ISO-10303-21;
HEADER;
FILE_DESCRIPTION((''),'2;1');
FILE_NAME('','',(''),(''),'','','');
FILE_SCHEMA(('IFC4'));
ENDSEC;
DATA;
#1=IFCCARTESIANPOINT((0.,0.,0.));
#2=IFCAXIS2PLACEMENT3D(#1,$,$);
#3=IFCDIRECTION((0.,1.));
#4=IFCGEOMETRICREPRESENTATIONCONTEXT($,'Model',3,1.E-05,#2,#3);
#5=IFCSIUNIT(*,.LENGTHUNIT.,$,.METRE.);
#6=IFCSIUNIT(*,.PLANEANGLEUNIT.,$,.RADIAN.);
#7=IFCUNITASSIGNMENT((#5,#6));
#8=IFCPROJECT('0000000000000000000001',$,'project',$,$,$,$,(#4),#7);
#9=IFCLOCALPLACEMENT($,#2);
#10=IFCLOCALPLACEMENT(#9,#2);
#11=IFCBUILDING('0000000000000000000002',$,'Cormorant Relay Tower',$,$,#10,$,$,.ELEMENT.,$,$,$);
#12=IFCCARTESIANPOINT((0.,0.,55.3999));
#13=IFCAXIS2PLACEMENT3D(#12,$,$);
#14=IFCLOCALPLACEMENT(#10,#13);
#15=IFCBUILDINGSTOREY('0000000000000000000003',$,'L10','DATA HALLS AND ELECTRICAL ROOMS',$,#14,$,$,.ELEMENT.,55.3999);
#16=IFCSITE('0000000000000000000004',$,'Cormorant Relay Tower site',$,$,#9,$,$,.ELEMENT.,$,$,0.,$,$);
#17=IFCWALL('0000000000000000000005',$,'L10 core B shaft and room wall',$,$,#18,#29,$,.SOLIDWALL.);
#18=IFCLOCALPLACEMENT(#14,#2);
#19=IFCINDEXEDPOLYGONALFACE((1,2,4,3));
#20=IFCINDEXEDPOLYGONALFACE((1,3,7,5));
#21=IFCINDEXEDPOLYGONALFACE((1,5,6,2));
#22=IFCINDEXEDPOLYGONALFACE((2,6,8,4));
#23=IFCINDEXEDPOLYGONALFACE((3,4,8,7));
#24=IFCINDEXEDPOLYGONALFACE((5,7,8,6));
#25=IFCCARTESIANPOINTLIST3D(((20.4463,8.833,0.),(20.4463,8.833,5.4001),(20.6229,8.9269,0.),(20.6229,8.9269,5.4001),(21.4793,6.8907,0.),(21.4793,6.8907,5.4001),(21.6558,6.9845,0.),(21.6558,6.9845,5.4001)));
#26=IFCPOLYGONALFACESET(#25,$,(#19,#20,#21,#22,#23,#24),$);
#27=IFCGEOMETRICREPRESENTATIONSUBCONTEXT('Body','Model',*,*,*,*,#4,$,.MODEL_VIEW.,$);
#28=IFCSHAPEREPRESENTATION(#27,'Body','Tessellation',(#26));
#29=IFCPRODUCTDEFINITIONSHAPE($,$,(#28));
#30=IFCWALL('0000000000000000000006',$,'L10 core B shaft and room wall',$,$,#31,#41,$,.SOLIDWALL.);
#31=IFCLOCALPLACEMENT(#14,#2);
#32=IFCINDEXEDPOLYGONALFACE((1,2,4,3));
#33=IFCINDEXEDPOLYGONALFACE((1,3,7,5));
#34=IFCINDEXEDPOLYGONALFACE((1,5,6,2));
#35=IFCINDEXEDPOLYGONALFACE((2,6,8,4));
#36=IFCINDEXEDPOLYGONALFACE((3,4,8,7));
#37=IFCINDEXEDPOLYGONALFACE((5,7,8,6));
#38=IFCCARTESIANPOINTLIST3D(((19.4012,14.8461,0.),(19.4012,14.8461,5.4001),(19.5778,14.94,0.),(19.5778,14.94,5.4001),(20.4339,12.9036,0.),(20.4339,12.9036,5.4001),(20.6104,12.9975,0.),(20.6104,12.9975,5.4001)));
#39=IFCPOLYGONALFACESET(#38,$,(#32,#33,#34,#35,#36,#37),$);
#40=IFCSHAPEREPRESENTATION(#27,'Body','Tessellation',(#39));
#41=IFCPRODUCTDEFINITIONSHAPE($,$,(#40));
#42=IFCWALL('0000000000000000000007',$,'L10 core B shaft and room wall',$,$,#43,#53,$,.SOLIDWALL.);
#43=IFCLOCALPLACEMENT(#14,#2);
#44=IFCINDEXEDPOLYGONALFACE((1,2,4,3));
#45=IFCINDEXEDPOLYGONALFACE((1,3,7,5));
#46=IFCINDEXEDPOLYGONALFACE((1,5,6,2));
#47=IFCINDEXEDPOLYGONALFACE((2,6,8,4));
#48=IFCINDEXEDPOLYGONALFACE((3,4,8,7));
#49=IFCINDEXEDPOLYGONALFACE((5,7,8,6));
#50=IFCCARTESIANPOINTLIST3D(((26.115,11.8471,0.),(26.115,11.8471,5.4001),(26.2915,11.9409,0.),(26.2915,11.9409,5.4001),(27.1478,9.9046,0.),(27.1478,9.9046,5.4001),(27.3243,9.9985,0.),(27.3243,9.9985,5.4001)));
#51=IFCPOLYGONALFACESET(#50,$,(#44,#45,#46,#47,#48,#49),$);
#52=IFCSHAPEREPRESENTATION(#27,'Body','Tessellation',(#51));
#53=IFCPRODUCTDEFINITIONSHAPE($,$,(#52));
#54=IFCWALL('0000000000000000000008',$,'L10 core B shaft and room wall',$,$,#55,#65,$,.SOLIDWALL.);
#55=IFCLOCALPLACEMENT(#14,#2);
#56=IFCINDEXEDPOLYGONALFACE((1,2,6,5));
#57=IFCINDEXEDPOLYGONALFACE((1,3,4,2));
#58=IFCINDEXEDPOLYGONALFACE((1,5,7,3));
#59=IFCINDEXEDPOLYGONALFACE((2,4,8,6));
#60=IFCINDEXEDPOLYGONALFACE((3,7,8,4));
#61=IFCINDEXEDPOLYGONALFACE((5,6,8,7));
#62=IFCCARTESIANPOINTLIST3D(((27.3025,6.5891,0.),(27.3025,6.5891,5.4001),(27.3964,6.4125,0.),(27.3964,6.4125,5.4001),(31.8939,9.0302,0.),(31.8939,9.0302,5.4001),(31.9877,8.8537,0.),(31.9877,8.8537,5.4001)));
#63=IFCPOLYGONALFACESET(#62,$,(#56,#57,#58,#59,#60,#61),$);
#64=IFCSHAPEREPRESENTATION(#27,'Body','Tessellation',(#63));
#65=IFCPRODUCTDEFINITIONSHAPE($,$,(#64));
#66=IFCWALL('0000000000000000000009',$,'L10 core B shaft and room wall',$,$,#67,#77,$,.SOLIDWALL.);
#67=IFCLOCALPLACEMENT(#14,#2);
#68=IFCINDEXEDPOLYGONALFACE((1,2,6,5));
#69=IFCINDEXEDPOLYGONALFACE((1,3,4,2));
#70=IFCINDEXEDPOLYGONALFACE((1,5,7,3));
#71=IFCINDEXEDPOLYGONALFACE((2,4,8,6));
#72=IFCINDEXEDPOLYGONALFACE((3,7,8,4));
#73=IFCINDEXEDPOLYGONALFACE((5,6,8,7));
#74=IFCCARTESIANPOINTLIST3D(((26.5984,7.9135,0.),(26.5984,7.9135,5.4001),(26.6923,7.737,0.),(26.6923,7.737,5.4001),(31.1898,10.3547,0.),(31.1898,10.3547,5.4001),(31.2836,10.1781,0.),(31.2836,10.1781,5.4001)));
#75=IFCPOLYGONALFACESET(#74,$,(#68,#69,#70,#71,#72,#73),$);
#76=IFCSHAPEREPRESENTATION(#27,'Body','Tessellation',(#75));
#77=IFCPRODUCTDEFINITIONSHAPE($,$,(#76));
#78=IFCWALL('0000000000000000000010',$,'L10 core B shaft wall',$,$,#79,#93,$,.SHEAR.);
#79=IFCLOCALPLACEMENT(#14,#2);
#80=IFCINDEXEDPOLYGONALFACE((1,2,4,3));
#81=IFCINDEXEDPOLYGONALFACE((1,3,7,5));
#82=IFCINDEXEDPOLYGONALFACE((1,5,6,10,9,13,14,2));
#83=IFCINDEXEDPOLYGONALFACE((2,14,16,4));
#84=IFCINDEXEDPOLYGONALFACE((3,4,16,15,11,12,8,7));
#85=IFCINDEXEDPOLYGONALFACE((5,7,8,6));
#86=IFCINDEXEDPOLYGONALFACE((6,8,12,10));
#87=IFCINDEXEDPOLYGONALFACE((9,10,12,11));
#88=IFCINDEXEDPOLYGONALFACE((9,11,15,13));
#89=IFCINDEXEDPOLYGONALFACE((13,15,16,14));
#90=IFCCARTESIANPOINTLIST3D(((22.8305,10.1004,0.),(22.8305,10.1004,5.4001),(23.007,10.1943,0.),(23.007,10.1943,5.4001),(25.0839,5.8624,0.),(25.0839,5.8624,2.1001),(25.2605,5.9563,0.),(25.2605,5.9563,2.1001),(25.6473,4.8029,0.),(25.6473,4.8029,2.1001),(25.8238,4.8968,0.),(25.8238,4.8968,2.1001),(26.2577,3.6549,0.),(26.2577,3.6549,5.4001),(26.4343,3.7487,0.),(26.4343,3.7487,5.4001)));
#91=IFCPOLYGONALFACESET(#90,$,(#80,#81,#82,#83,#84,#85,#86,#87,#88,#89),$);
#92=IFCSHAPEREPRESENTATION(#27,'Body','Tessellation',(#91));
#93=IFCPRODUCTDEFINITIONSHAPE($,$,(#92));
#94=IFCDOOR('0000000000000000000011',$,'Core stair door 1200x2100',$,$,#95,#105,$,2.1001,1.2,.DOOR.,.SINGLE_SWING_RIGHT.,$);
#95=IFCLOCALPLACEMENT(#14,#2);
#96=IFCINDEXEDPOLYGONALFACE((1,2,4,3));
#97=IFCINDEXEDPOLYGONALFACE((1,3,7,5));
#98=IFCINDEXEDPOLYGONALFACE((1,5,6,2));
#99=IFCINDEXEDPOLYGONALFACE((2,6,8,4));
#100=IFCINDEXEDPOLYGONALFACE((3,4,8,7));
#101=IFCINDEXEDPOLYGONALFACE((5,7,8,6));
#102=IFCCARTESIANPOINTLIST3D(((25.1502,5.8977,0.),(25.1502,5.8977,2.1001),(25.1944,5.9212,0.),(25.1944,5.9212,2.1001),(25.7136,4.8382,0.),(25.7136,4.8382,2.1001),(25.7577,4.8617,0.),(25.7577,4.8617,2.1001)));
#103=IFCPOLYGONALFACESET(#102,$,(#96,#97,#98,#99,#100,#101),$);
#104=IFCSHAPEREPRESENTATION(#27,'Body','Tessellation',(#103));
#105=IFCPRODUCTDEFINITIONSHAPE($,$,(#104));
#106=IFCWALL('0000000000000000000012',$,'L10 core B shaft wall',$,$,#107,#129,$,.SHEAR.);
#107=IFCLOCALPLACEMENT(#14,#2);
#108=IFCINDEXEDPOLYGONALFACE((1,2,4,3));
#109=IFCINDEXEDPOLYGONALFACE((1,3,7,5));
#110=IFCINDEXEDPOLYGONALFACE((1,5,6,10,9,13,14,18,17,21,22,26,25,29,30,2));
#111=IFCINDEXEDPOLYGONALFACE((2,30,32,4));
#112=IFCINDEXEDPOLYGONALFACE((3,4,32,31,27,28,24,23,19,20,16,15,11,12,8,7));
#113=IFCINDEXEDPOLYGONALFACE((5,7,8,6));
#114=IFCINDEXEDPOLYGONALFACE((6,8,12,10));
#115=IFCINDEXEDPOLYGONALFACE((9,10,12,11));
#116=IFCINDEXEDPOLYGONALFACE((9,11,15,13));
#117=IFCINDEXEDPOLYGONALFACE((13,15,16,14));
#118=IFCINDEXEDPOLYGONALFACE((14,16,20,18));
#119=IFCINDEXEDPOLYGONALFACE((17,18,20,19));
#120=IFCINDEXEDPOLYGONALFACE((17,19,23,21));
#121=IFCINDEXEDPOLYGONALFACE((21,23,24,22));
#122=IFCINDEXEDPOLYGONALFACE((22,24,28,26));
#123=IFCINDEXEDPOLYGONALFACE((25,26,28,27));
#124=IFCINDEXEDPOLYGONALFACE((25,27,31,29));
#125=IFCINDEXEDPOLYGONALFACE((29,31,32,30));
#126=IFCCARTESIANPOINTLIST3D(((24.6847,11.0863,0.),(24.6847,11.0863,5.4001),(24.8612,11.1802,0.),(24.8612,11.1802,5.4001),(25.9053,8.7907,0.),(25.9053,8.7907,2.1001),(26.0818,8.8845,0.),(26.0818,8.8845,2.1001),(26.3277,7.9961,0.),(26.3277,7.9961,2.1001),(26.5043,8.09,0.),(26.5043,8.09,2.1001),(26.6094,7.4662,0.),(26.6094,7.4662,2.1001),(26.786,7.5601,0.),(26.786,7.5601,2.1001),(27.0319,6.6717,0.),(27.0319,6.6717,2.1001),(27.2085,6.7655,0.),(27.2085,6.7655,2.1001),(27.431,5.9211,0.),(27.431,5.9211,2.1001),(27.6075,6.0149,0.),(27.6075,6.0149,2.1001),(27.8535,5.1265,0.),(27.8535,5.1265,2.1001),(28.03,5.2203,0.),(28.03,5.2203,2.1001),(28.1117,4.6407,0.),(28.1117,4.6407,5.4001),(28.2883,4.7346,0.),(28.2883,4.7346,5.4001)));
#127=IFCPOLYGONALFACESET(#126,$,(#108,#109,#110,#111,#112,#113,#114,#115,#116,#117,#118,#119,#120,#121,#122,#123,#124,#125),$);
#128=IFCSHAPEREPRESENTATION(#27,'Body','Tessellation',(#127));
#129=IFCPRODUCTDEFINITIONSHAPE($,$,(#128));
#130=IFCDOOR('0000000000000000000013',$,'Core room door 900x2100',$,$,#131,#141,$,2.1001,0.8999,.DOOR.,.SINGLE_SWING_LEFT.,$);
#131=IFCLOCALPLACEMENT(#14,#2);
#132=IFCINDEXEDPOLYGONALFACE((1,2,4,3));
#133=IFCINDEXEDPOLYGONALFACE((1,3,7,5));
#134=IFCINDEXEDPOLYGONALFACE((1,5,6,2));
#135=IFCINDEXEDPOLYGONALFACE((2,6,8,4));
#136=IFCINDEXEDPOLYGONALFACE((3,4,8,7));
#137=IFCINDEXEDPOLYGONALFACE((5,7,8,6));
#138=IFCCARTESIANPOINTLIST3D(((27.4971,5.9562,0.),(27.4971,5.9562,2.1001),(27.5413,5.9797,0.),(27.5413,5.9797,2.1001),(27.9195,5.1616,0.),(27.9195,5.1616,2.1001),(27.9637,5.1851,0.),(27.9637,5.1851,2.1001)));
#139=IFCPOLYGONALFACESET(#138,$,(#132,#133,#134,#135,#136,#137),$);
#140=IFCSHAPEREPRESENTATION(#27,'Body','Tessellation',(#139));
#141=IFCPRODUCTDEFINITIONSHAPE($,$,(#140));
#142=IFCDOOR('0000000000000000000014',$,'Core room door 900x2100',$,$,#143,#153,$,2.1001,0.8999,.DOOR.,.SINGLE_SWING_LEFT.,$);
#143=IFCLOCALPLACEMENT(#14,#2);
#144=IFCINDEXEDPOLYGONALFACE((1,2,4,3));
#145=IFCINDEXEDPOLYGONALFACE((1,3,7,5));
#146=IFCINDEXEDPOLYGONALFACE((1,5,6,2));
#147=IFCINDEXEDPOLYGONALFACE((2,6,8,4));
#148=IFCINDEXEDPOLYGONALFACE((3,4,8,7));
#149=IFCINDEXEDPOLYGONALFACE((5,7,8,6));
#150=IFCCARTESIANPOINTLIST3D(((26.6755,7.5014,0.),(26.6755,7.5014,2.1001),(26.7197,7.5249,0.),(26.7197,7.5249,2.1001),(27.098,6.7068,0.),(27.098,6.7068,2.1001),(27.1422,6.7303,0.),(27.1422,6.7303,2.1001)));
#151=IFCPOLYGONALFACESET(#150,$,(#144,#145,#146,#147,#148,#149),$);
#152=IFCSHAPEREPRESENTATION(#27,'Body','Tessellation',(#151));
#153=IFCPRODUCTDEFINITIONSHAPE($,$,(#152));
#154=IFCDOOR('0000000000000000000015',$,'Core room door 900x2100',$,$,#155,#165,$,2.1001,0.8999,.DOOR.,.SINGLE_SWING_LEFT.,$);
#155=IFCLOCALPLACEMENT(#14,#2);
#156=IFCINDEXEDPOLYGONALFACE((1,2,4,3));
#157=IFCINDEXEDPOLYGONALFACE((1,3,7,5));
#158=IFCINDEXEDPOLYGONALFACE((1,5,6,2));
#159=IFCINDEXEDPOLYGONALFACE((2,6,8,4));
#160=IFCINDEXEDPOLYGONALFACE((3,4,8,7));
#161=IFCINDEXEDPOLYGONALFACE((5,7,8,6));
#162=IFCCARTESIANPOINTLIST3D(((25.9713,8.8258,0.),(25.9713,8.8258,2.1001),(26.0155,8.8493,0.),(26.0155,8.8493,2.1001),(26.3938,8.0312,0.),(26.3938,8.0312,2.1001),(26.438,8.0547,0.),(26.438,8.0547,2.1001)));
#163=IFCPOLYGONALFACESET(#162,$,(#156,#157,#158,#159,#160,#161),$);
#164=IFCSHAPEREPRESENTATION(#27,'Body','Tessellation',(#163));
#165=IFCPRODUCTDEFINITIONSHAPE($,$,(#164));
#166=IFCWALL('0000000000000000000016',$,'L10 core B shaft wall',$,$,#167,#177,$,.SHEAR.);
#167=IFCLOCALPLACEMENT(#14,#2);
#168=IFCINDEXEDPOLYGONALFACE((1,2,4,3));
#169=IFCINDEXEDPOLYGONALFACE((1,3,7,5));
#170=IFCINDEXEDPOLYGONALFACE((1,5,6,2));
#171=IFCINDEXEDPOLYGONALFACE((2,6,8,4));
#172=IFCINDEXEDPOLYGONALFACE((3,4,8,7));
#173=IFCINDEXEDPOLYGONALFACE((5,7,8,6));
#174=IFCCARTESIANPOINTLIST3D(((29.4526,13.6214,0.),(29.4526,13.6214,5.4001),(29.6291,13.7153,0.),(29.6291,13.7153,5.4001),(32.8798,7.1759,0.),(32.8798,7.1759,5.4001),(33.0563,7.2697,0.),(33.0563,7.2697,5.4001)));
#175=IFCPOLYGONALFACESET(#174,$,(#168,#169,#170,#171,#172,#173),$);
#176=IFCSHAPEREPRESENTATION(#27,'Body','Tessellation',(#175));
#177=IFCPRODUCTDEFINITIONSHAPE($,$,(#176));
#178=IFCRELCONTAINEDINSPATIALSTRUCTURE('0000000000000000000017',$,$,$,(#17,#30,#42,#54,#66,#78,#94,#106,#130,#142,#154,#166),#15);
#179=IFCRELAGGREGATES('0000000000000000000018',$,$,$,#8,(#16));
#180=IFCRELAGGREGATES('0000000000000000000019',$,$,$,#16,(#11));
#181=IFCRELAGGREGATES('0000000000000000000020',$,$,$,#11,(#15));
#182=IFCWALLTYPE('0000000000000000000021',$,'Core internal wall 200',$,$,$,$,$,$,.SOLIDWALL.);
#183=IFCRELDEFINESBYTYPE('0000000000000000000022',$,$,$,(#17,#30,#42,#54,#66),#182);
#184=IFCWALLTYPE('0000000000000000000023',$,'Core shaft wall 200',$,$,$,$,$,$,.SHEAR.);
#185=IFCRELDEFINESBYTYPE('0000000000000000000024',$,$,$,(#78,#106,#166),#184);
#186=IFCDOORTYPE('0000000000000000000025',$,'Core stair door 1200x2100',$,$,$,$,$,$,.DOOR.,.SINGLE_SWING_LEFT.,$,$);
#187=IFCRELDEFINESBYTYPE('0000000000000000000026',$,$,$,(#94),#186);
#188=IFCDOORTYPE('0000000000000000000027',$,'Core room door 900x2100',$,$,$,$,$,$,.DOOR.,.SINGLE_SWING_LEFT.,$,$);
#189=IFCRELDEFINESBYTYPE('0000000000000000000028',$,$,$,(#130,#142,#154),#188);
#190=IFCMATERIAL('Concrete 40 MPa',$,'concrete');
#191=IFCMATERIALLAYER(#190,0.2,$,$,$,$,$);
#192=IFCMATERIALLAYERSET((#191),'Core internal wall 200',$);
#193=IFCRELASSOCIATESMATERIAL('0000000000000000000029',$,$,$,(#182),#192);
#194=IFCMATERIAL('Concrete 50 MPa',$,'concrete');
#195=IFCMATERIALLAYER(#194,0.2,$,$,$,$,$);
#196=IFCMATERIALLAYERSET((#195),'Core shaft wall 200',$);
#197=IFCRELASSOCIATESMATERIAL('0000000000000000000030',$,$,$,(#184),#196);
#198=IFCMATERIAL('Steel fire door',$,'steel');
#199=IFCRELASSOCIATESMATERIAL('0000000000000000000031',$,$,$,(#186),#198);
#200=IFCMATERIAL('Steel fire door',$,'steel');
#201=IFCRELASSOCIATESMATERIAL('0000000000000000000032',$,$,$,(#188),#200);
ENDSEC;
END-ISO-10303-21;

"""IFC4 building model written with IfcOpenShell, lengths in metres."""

from ifc_helpers import new_model, si_unit, direction, frame, frame_2d, origin, place, context, subcontext, project, spatial, rectangle, extrude, material, layer, layer_set, type_object, element, fill, save


model = new_model("IFC4")

# Units and contexts
model_context = context("Model", 3, precision=1e-05, world=origin(), true_north=direction((0.0, 1.0)))
body_context = subcontext(model_context, "Body", "Model", "MODEL_VIEW")
ifc_project = project(units=[si_unit("LENGTHUNIT", "METRE"), si_unit("PLANEANGLEUNIT", "RADIAN")], contexts=[model_context])

# Site, building, storey
site_placement = place(None, origin())
site = spatial("IfcSite", under=ifc_project, at=site_placement, Name="Cormorant Relay Tower site", CompositionType="ELEMENT", RefElevation=0.0)
building_placement = place(site_placement, origin())
building = spatial("IfcBuilding", under=site, at=building_placement, Name="Cormorant Relay Tower", CompositionType="ELEMENT")
storey_placement = place(building_placement, frame((0.0, 0.0, 55.3999)))
storey = spatial("IfcBuildingStorey", under=building, at=storey_placement, Name="L10", Description="DATA HALLS AND ELECTRICAL ROOMS", CompositionType="ELEMENT", Elevation=55.3999)

# Walls
ifc_material_1 = material(Name="Concrete 40 MPa", Category="concrete")
ifc_layer_1 = layer(ifc_material_1, 0.2)
ifc_layer_set_1 = layer_set([ifc_layer_1], Name="Core internal wall 200")
wall_type_1 = type_object("IfcWallType", Name="Core internal wall 200", PredefinedType="SOLIDWALL", material=ifc_layer_set_1)
for number, where, z_axis, x_axis, name in (
    (1, (21.5676, 6.9375, 0.0), (0.0, 0.0, 1.0), (-0.469534, 0.882914, 0.0), "L10 core B shaft and room wall"),
    (2, (20.5222, 12.9504, 0.0), (0.0, 0.0, 1.0), (-0.469401, 0.882985, 0.0), "L10 core B shaft and room wall"),
    (3, (27.2361, 9.9514, 0.0), (0.0, 0.0, 1.0), (-0.469447, 0.88296, 0.0), "L10 core B shaft and room wall"),
):
    element("IfcWall", number, at=place(storey_placement, frame(where, z_axis=z_axis, x_axis=x_axis)), inside=storey, type_object=wall_type_1, Name=name, PredefinedType="SOLIDWALL", context=body_context, shape_type="SweptSolid", body=[
        extrude(rectangle(XDim=2.2, YDim=0.2, at=frame_2d((1.1001, 0.0))), origin(), (0.0, 0.0, 1.0), 5.4001),
    ])
for number, where, z_axis, x_axis, name in (
    (4, (27.3494, 6.5007, 0.0), (0.0, 0.0, 1.0), (0.882954, 0.46946, 0.0), "L10 core B shaft and room wall"),
    (5, (26.6453, 7.8252, 0.0), (0.0, 0.0, 1.0), (0.882954, 0.46946, 0.0), "L10 core B shaft and room wall"),
):
    element("IfcWall", number, at=place(storey_placement, frame(where, z_axis=z_axis, x_axis=x_axis)), inside=storey, type_object=wall_type_1, Name=name, PredefinedType="SOLIDWALL", context=body_context, shape_type="SweptSolid", body=[
        extrude(rectangle(XDim=5.2, YDim=0.2, at=frame_2d((2.6001, 0.0))), origin(), (0.0, 0.0, 1.0), 5.4001),
    ])

# Wall, opening, door
ifc_material_2 = material(Name="Concrete 50 MPa", Category="concrete")
ifc_layer_2 = layer(ifc_material_2, 0.2)
ifc_layer_set_2 = layer_set([ifc_layer_2], Name="Core shaft wall 200")
wall_type_2 = type_object("IfcWallType", Name="Core shaft wall 200", PredefinedType="SHEAR", material=ifc_layer_set_2)
wall_1_placement = place(storey_placement, frame((26.3459, 3.7019, 0.0), z_axis=(0.0, 0.0, 1.0), x_axis=(-0.46948, 0.882943, 0.0)))
wall_1 = element("IfcWall", 6, at=wall_1_placement, inside=storey, type_object=wall_type_2, Name="L10 core B shaft wall", PredefinedType="SHEAR", context=body_context, shape_type="SweptSolid", body=[
    extrude(rectangle(XDim=7.3, YDim=0.2, at=frame_2d((3.6499, 0.0))), origin(), (0.0, 0.0, 1.0), 5.4001),
])
opening_1_placement = place(wall_1_placement, frame((1.3, 0.0, 0.0)))
opening_1 = element("IfcOpeningElement", 7, at=opening_1_placement, cuts=wall_1, PredefinedType="OPENING", context=body_context, shape_type="SweptSolid", body=[
    extrude(rectangle(XDim=1.2, YDim=2.1001, at=frame_2d((0.6001, 1.05))), frame((0.0, 0.1099, 0.0), z_axis=(0.0, -1.0, 0.0), x_axis=(1.0, 0.0, 0.0)), (0.0, 0.0, 1.0), 0.22),
])
ifc_material_3 = material(Name="Steel fire door", Category="steel")
door_type_1 = type_object("IfcDoorType", Name="Core stair door 1200x2100", OperationType="SINGLE_SWING_LEFT", PredefinedType="DOOR", material=ifc_material_3)
door_1_placement = place(opening_1_placement, origin())
door_1 = element("IfcDoor", 8, at=door_1_placement, inside=storey, type_object=door_type_1, Name="Core stair door 1200x2100", OperationType="SINGLE_SWING_RIGHT", OverallHeight=2.1001, OverallWidth=1.2, PredefinedType="DOOR", context=body_context, shape_type="SweptSolid", body=[
    extrude(rectangle(XDim=1.2, YDim=2.1001, at=frame_2d((0.6001, 1.05))), frame((0.0, 0.0249, 0.0), z_axis=(0.0, -1.0, 0.0), x_axis=(1.0, 0.0, 0.0)), (0.0, 0.0, 1.0), 0.05),
])
fill(opening_1, door_1)

# Wall, openings, doors
wall_2_placement = place(storey_placement, frame((28.2, 4.6877, 0.0), z_axis=(0.0, 0.0, 1.0), x_axis=(-0.469454, 0.882957, 0.0)))
wall_2 = element("IfcWall", 9, at=wall_2_placement, inside=storey, type_object=wall_type_2, Name="L10 core B shaft wall", PredefinedType="SHEAR", context=body_context, shape_type="SweptSolid", body=[
    extrude(rectangle(XDim=7.3, YDim=0.2, at=frame_2d((3.6499, 0.0))), origin(), (0.0, 0.0, 1.0), 5.4001),
])
opening_2_placement = place(wall_2_placement, frame((0.55, 0.0, 0.0)))
opening_2 = element("IfcOpeningElement", 10, at=opening_2_placement, cuts=wall_2, PredefinedType="OPENING", context=body_context, shape_type="SweptSolid", body=[
    extrude(rectangle(XDim=0.8999, YDim=2.1001, at=frame_2d((0.45, 1.05))), frame((0.0, 0.1099, 0.0), z_axis=(0.0, -1.0, 0.0), x_axis=(1.0, 0.0, 0.0)), (0.0, 0.0, 1.0), 0.22),
])
opening_3_placement = place(wall_2_placement, frame((2.3, 0.0, 0.0)))
opening_3 = element("IfcOpeningElement", 11, at=opening_3_placement, cuts=wall_2, PredefinedType="OPENING", context=body_context, shape_type="SweptSolid", body=[
    extrude(rectangle(XDim=0.8999, YDim=2.1001, at=frame_2d((0.45, 1.05))), frame((0.0, 0.1099, 0.0), z_axis=(0.0, -1.0, 0.0), x_axis=(1.0, 0.0, 0.0)), (0.0, 0.0, 1.0), 0.22),
])
opening_4_placement = place(wall_2_placement, frame((3.8, 0.0, 0.0)))
opening_4 = element("IfcOpeningElement", 12, at=opening_4_placement, cuts=wall_2, PredefinedType="OPENING", context=body_context, shape_type="SweptSolid", body=[
    extrude(rectangle(XDim=0.8999, YDim=2.1001, at=frame_2d((0.45, 1.05))), frame((0.0, 0.1099, 0.0), z_axis=(0.0, -1.0, 0.0), x_axis=(1.0, 0.0, 0.0)), (0.0, 0.0, 1.0), 0.22),
])
ifc_material_4 = material(Name="Steel fire door", Category="steel")
door_type_2 = type_object("IfcDoorType", Name="Core room door 900x2100", OperationType="SINGLE_SWING_LEFT", PredefinedType="DOOR", material=ifc_material_4)
door_2_placement = place(opening_2_placement, frame((0.8999, 0.0, 0.0), z_axis=(0.0, 0.0, 1.0), x_axis=(-1.0, 0.0, 0.0)))
door_2 = element("IfcDoor", 13, at=door_2_placement, inside=storey, type_object=door_type_2, Name="Core room door 900x2100", OperationType="SINGLE_SWING_LEFT", OverallHeight=2.1001, OverallWidth=0.8999, PredefinedType="DOOR", context=body_context, shape_type="SweptSolid", body=[
    extrude(rectangle(XDim=0.8999, YDim=2.1001, at=frame_2d((0.45, 1.05))), frame((0.0, 0.0249, 0.0), z_axis=(0.0, -1.0, 0.0), x_axis=(1.0, 0.0, 0.0)), (0.0, 0.0, 1.0), 0.05),
])
fill(opening_2, door_2)
door_3_placement = place(opening_3_placement, frame((0.8999, 0.0, 0.0), z_axis=(0.0, 0.0, 1.0), x_axis=(-1.0, 0.0, 0.0)))
door_3 = element("IfcDoor", 14, at=door_3_placement, inside=storey, type_object=door_type_2, Name="Core room door 900x2100", OperationType="SINGLE_SWING_LEFT", OverallHeight=2.1001, OverallWidth=0.8999, PredefinedType="DOOR", context=body_context, shape_type="SweptSolid", body=[
    extrude(rectangle(XDim=0.8999, YDim=2.1001, at=frame_2d((0.45, 1.05))), frame((0.0, 0.0249, 0.0), z_axis=(0.0, -1.0, 0.0), x_axis=(1.0, 0.0, 0.0)), (0.0, 0.0, 1.0), 0.05),
])
fill(opening_3, door_3)
door_4_placement = place(opening_4_placement, frame((0.8999, 0.0, 0.0), z_axis=(0.0, 0.0, 1.0), x_axis=(-1.0, 0.0, 0.0)))
door_4 = element("IfcDoor", 15, at=door_4_placement, inside=storey, type_object=door_type_2, Name="Core room door 900x2100", OperationType="SINGLE_SWING_LEFT", OverallHeight=2.1001, OverallWidth=0.8999, PredefinedType="DOOR", context=body_context, shape_type="SweptSolid", body=[
    extrude(rectangle(XDim=0.8999, YDim=2.1001, at=frame_2d((0.45, 1.05))), frame((0.0, 0.0249, 0.0), z_axis=(0.0, -1.0, 0.0), x_axis=(1.0, 0.0, 0.0)), (0.0, 0.0, 1.0), 0.05),
])
fill(opening_4, door_4)

# Wall
wall_3_placement = place(storey_placement, frame((32.968, 7.2229, 0.0), z_axis=(0.0, 0.0, 1.0), x_axis=(-0.46948, 0.882943, 0.0)))
element("IfcWall", 16, at=wall_3_placement, inside=storey, type_object=wall_type_2, Name="L10 core B shaft wall", PredefinedType="SHEAR", context=body_context, shape_type="SweptSolid", body=[
    extrude(rectangle(XDim=7.3, YDim=0.2, at=frame_2d((3.6499, 0.0))), origin(), (0.0, 0.0, 1.0), 5.4001),
])

save(model, "model.ifc")
